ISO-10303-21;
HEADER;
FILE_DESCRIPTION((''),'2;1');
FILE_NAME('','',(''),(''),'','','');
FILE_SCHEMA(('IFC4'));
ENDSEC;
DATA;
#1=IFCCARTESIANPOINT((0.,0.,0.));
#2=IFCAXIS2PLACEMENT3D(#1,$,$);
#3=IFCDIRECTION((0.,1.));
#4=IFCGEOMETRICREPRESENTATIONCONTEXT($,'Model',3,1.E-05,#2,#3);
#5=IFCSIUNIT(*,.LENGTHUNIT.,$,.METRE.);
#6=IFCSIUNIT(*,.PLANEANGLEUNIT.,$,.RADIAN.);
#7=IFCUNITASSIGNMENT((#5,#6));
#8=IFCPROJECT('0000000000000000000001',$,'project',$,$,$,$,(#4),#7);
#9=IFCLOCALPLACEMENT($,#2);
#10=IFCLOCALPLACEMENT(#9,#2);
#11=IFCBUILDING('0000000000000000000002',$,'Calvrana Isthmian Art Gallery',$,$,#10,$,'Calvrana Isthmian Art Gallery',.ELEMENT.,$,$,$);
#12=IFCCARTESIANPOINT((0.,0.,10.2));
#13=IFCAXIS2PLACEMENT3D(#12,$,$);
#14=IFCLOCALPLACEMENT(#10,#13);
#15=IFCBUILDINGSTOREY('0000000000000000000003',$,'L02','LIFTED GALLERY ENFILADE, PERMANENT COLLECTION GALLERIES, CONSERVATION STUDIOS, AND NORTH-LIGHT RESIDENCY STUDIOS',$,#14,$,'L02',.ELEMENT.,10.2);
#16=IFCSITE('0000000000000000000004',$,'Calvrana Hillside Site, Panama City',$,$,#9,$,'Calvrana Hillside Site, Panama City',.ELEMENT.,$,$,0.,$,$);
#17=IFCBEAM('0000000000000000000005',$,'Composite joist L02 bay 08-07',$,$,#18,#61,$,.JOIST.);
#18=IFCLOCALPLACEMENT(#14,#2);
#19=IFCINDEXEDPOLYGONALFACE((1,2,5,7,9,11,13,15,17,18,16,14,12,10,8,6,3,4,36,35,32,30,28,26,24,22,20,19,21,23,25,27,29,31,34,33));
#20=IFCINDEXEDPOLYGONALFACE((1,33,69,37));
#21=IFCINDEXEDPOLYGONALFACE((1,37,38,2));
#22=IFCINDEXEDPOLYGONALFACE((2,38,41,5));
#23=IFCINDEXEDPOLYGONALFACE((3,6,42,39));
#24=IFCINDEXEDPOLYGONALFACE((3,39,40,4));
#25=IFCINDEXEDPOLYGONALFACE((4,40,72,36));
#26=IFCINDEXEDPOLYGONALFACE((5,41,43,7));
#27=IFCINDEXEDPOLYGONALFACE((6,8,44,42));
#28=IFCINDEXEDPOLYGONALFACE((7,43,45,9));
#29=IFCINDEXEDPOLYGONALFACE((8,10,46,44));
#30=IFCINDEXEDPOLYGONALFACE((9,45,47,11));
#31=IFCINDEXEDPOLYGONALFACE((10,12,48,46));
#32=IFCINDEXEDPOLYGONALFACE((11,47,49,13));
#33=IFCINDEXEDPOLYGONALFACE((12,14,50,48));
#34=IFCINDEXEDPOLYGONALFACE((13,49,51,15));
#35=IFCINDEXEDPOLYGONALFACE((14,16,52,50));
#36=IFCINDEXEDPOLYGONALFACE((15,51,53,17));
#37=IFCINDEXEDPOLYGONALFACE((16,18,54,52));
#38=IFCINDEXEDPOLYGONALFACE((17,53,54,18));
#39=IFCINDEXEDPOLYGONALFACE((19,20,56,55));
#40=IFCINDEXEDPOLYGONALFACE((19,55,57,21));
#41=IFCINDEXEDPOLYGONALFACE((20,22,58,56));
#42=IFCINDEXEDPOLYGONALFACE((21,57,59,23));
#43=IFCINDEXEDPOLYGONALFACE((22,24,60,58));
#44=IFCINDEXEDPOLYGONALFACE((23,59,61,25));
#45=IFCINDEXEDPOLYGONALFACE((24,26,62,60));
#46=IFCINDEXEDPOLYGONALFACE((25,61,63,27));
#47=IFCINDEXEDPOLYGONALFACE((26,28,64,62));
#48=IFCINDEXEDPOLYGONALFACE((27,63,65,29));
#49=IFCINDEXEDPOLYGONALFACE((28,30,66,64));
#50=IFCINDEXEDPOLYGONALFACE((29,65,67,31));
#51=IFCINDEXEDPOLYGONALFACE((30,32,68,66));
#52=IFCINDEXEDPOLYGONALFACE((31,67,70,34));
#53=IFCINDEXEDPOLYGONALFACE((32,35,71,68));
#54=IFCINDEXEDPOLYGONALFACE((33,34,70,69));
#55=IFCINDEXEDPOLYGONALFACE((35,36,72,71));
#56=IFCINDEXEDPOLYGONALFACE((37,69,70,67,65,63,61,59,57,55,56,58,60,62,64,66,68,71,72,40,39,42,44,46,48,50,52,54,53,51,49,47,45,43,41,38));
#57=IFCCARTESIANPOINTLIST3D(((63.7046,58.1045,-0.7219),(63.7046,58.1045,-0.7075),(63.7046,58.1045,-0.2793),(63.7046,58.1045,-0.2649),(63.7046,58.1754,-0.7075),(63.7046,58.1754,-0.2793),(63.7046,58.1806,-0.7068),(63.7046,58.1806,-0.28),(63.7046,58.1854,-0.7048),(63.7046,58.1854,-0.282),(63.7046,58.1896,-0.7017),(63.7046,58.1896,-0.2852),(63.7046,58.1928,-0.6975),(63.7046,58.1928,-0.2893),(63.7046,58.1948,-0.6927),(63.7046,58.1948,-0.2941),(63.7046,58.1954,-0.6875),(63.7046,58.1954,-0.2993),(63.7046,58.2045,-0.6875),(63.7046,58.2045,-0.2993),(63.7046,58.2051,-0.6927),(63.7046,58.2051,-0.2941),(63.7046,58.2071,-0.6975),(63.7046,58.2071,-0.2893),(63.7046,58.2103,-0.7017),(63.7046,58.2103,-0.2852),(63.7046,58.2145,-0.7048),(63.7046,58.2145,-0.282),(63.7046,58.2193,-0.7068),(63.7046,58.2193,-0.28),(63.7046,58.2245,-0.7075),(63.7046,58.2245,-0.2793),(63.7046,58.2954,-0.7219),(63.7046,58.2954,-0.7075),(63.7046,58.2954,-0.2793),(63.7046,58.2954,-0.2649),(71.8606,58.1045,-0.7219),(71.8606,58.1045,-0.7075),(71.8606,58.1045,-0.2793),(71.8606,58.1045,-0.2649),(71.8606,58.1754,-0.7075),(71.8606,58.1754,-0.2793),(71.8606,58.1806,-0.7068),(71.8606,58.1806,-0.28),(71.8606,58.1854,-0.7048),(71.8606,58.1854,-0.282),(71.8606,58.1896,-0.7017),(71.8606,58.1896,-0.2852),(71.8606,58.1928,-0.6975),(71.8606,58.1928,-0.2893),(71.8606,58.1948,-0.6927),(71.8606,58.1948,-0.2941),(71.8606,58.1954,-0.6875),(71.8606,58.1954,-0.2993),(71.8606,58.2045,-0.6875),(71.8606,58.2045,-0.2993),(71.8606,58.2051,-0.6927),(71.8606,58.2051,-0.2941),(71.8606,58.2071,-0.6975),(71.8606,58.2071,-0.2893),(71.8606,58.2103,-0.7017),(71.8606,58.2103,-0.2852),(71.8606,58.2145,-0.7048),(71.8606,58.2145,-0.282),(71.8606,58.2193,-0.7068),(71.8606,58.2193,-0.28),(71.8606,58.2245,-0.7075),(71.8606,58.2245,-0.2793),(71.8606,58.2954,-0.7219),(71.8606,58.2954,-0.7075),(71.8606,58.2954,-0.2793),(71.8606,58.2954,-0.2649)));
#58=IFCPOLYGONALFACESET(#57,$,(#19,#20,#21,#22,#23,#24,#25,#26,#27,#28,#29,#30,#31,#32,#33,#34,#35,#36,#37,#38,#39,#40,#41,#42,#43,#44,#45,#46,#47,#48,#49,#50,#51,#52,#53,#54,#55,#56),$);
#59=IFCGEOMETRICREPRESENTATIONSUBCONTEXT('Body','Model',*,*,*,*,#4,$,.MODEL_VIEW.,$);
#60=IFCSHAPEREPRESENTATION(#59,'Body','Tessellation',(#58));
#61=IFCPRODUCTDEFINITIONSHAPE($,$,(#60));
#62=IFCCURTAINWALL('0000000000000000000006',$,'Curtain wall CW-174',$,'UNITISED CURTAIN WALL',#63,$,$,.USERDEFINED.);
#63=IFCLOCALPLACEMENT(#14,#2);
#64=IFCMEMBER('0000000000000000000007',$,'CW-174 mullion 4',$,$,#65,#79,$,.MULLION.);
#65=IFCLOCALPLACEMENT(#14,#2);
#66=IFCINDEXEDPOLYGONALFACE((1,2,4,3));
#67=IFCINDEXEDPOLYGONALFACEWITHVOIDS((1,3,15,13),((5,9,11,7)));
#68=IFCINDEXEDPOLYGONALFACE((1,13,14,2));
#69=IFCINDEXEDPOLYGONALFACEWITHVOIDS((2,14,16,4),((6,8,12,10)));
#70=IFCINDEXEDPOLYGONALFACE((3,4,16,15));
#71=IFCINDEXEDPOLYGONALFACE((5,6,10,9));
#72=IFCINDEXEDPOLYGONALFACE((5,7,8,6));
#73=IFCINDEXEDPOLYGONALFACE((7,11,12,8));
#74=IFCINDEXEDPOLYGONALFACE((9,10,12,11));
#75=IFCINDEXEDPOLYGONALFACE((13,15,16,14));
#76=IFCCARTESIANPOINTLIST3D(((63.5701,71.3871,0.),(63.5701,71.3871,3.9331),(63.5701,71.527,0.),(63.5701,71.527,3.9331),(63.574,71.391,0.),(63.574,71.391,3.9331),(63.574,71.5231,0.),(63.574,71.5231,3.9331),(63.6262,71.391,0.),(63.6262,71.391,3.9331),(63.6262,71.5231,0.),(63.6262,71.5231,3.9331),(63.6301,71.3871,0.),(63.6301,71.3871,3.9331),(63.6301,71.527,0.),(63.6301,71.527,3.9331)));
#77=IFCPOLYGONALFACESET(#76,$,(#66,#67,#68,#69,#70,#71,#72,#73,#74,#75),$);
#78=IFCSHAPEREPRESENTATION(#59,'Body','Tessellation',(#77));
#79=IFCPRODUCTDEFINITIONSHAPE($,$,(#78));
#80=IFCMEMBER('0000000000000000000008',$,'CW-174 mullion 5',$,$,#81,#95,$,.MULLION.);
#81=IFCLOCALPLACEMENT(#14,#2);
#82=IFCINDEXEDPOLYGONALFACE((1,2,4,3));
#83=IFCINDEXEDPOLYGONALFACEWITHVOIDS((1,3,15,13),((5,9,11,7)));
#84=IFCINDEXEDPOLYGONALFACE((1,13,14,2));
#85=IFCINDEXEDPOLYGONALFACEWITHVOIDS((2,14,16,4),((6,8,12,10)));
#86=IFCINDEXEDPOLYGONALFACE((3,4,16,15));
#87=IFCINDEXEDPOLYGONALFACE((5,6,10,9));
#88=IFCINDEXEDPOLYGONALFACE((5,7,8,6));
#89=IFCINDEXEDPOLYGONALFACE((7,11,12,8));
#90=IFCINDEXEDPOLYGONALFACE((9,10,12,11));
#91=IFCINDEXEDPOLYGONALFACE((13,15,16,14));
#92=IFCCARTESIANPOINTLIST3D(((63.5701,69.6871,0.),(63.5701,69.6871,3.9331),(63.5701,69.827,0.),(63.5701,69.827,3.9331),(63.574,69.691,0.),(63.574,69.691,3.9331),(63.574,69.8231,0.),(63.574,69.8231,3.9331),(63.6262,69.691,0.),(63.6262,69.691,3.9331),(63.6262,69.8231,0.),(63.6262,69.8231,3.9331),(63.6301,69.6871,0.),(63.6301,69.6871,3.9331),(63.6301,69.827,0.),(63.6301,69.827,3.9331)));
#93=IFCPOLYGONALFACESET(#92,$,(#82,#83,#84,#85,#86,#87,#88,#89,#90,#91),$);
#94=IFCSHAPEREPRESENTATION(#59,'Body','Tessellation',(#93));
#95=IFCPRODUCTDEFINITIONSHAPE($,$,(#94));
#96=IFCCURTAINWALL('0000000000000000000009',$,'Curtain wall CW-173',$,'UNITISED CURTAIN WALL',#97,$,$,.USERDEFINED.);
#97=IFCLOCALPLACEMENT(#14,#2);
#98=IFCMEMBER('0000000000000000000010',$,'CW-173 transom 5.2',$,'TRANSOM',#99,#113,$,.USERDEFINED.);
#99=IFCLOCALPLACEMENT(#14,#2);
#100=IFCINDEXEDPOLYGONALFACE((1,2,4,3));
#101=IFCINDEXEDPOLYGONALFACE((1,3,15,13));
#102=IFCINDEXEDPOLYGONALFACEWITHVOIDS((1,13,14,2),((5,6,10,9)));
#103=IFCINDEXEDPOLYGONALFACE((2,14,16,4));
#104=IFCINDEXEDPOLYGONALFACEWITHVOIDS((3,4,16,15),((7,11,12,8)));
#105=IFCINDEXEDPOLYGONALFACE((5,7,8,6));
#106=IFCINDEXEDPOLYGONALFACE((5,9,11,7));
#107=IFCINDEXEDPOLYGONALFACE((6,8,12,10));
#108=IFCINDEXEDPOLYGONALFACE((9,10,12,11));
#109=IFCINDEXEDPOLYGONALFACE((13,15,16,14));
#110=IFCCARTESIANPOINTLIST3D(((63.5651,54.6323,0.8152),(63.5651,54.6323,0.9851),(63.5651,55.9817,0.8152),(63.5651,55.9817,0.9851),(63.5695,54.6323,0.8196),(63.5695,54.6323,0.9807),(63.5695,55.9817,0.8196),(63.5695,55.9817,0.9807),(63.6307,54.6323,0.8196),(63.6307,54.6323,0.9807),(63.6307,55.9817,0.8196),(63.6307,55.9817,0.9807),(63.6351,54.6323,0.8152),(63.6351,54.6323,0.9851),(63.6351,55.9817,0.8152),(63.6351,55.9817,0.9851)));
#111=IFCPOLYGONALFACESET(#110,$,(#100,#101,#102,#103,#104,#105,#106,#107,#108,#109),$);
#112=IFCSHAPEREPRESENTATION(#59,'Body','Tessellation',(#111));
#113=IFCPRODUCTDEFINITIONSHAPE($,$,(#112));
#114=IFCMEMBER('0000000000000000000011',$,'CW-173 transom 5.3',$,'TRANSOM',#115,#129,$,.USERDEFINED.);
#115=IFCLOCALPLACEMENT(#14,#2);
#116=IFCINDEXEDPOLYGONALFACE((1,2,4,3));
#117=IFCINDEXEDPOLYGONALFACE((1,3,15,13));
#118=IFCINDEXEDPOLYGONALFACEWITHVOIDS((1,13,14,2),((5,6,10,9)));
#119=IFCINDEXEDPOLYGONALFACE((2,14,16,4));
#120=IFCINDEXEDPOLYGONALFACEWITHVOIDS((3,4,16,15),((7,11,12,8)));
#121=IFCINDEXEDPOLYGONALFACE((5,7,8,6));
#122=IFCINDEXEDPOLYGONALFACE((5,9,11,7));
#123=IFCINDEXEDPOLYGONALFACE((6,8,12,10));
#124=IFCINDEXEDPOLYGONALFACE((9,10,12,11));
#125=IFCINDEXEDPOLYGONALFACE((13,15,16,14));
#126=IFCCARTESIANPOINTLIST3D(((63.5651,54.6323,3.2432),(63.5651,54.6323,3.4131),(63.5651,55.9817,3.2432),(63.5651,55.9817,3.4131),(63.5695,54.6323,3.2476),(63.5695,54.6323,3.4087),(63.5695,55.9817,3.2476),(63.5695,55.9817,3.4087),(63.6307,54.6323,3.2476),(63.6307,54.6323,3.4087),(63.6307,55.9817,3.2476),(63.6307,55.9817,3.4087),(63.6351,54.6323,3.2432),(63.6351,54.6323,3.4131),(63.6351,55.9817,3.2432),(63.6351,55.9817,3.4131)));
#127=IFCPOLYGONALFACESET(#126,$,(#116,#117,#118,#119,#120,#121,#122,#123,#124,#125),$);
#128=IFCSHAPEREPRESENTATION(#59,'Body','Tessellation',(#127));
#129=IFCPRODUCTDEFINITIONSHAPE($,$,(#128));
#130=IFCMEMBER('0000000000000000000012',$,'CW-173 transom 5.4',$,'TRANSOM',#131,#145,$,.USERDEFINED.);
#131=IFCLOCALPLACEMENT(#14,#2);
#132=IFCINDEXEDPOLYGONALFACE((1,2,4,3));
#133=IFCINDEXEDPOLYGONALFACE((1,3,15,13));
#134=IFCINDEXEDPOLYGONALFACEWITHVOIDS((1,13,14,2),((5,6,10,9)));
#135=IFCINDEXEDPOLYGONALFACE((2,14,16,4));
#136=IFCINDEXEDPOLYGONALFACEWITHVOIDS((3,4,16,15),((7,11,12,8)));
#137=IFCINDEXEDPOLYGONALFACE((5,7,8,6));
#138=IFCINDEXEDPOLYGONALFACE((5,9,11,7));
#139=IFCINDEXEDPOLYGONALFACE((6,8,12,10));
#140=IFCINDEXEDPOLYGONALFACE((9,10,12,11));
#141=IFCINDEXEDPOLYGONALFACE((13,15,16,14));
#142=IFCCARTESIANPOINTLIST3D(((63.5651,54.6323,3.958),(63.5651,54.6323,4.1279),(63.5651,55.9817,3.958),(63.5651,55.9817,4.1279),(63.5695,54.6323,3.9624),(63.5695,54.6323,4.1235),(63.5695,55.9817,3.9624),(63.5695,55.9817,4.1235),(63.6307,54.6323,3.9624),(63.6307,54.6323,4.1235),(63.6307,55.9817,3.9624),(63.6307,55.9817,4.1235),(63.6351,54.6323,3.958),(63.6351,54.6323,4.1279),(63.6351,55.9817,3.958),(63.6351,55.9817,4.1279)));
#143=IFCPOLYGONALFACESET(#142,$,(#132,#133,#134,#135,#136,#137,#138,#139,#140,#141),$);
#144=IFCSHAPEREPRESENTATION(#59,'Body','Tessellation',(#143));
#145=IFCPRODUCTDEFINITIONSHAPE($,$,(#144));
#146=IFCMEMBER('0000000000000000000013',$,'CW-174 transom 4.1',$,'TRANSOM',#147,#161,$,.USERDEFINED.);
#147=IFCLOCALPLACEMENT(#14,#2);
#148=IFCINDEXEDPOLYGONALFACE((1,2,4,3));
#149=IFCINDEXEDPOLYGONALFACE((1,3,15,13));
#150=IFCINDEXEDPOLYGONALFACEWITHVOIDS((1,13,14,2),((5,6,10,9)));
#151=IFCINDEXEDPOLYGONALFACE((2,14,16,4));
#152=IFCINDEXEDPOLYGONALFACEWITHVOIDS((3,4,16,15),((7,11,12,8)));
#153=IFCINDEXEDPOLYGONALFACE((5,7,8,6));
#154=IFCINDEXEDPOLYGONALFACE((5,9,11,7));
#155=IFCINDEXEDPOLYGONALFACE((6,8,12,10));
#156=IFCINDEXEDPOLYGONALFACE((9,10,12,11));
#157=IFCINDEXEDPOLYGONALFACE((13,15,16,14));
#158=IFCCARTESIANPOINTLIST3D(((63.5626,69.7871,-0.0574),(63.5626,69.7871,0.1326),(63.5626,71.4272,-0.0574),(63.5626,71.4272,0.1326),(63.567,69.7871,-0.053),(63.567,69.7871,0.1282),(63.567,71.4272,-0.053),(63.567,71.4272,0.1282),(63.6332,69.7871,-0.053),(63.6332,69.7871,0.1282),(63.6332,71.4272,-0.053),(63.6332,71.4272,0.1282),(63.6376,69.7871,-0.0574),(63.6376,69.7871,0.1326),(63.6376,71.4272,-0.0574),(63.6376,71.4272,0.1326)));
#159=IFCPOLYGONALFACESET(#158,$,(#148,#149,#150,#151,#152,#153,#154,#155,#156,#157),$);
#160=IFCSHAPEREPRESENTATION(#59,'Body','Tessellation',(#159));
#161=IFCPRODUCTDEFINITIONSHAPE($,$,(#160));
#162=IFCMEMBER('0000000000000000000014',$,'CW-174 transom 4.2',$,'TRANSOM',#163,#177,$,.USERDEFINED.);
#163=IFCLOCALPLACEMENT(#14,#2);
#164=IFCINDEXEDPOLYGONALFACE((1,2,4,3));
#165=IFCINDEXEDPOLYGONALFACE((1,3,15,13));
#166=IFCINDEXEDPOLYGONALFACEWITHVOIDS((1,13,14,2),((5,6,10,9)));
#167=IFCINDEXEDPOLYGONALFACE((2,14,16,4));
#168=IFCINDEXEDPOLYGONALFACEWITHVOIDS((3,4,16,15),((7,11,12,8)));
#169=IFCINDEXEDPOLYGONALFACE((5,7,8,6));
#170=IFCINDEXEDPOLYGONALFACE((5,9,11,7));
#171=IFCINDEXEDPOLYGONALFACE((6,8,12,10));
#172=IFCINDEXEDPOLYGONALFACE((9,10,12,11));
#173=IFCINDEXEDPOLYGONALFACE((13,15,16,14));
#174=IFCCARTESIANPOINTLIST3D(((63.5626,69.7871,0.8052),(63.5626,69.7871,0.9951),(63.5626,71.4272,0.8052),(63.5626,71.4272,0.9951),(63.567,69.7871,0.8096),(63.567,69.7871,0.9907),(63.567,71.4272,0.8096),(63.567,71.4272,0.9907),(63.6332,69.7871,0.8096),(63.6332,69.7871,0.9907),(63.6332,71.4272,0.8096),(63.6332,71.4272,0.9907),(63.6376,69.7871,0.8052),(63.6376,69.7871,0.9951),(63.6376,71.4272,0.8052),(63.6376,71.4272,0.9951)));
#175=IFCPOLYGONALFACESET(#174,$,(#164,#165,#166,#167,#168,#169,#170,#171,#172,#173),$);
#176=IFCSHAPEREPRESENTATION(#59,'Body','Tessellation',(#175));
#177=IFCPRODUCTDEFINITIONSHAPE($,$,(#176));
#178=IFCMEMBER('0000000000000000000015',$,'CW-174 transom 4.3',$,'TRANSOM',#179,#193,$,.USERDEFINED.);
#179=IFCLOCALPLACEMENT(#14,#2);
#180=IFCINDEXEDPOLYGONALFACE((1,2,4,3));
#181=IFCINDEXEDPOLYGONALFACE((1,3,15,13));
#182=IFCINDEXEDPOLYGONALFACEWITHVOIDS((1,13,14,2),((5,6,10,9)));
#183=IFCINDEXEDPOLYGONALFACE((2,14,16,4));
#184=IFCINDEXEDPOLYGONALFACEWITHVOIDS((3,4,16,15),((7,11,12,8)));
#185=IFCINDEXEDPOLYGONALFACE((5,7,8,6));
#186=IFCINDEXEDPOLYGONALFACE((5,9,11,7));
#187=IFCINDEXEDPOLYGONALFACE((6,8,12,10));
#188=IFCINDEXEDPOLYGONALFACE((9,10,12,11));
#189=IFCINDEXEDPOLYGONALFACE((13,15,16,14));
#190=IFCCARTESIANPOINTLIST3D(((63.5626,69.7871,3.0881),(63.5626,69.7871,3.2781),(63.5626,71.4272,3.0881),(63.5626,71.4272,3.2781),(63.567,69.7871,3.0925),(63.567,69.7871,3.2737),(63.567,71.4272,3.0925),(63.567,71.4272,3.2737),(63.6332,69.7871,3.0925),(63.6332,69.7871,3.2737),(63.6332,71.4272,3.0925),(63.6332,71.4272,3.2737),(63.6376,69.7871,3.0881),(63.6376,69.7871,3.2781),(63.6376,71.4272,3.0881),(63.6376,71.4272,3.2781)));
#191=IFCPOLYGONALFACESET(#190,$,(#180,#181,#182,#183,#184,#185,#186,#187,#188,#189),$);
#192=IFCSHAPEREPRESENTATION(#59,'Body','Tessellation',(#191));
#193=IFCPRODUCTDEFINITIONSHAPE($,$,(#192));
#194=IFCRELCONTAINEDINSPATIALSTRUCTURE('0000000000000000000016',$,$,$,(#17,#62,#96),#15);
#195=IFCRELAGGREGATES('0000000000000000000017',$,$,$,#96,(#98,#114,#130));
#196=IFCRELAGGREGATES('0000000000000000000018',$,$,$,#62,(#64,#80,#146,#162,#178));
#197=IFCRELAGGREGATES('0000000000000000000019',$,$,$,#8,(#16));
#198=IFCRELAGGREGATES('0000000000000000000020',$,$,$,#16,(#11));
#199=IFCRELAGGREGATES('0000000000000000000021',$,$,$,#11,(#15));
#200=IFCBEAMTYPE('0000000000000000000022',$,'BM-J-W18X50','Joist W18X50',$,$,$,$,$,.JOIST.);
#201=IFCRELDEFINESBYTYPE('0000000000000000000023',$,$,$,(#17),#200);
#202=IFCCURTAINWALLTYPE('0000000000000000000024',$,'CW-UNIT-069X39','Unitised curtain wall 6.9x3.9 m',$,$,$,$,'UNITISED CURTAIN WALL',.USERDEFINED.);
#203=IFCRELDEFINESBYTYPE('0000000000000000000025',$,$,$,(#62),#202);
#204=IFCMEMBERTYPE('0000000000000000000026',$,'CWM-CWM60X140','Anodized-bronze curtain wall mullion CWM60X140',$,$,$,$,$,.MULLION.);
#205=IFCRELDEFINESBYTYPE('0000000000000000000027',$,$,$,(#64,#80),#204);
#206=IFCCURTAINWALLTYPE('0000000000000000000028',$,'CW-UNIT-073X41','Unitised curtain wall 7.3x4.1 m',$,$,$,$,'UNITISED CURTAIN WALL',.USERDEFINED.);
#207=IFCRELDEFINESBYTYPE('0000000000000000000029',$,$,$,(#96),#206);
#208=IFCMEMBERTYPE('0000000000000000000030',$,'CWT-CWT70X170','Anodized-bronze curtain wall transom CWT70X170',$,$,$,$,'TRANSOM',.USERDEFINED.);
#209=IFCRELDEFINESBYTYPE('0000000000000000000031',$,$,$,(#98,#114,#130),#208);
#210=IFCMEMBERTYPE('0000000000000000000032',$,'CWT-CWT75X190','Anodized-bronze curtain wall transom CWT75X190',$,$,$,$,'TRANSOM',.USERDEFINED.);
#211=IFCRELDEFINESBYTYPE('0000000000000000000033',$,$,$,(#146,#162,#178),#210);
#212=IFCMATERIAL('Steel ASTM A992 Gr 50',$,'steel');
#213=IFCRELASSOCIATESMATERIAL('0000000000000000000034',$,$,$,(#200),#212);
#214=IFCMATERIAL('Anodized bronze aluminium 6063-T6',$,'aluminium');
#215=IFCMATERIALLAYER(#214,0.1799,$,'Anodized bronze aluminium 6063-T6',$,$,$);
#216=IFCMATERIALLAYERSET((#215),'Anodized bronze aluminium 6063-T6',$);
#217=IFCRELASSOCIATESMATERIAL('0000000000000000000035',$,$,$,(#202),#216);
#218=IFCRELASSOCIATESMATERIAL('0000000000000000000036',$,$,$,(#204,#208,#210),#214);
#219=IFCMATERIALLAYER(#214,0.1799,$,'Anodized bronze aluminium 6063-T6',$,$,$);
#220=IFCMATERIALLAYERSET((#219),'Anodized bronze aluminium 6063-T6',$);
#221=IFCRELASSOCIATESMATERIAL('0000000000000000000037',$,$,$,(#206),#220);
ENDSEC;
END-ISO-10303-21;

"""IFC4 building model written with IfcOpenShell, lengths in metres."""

from ifc_helpers import new_model, si_unit, direction, frame, origin, origin_2d, place, context, subcontext, project, spatial, hollow_rectangle, i_section, extrude, material, layer, layer_set, material_profile, profile_set, type_object, element, aggregate, save


model = new_model("IFC4")

# Units and contexts
model_context = context("Model", 3, precision=1e-05, world=origin(), true_north=direction((0.0, 1.0)))
body_context = subcontext(model_context, "Body", "Model", "MODEL_VIEW")
ifc_project = project(units=[si_unit("LENGTHUNIT", "METRE"), si_unit("PLANEANGLEUNIT", "RADIAN")], contexts=[model_context])

# Site, building, storey
site_placement = place(None, origin())
site = spatial("IfcSite", under=ifc_project, at=site_placement, Name="Calvrana Hillside Site, Panama City", LongName="Calvrana Hillside Site, Panama City", CompositionType="ELEMENT", RefElevation=0.0)
building_placement = place(site_placement, origin())
building = spatial("IfcBuilding", under=site, at=building_placement, Name="Calvrana Isthmian Art Gallery", LongName="Calvrana Isthmian Art Gallery", CompositionType="ELEMENT")
storey_placement = place(building_placement, frame((0.0, 0.0, 10.2)))
storey = spatial("IfcBuildingStorey", under=building, at=storey_placement, Name="L02", Description="LIFTED GALLERY ENFILADE, PERMANENT COLLECTION GALLERIES, CONSERVATION STUDIOS, AND NORTH-LIGHT RESIDENCY STUDIOS", LongName="L02", CompositionType="ELEMENT", Elevation=10.2)

# Beam
ifc_material_1 = material(Name="Steel ASTM A992 Gr 50", Category="steel")
ifc_material_profile_1 = material_profile(ifc_material_1, i_section(OverallWidth=0.1909, OverallDepth=0.457, WebThickness=0.009, FlangeThickness=0.0144, FilletRadius=0.02, at=origin_2d()), Name="W18X50")
ifc_profile_set_1 = profile_set([ifc_material_profile_1], Name="Steel ASTM A992 Gr 50")
beam_type_1 = type_object("IfcBeamType", Name="BM-J-W18X50", Description="Joist W18X50", PredefinedType="JOIST", material=ifc_profile_set_1)
beam_1_placement = place(storey_placement, frame((63.7046, 58.2, -0.4934), z_axis=(1.0, 0.0, 0.0), x_axis=(0.0, 1.0, 0.0)))
element("IfcBeam", 1, at=beam_1_placement, inside=storey, type_object=beam_type_1, Name="Composite joist L02 bay 08-07", PredefinedType="JOIST", context=body_context, shape_type="SweptSolid", body=[
    extrude(i_section(OverallWidth=0.1909, OverallDepth=0.457, WebThickness=0.009, FlangeThickness=0.0144, FilletRadius=0.02, at=origin_2d()), origin(), (0.0, 0.0, 1.0), 8.156),
])

# Curtain walls, members
ifc_material_2 = material(Name="Anodized bronze aluminium 6063-T6", Category="aluminium")
ifc_layer_1 = layer(ifc_material_2, 0.1799, Name="Anodized bronze aluminium 6063-T6")
ifc_layer_set_1 = layer_set([ifc_layer_1], Name="Anodized bronze aluminium 6063-T6")
curtain_wall_type_1 = type_object("IfcCurtainWallType", Name="CW-UNIT-069X39", Description="Unitised curtain wall 6.9x3.9 m", ElementType="UNITISED CURTAIN WALL", PredefinedType="USERDEFINED", material=ifc_layer_set_1)
curtain_wall_1_placement = place(storey_placement, origin())
curtain_wall_1 = element("IfcCurtainWall", 2, at=curtain_wall_1_placement, inside=storey, type_object=curtain_wall_type_1, Name="Curtain wall CW-174", ObjectType="UNITISED CURTAIN WALL", PredefinedType="USERDEFINED")
ifc_material_profile_2 = material_profile(ifc_material_2, hollow_rectangle(XDim=0.0601, YDim=0.1399, WallThickness=0.0039, at=origin_2d()), Name="CWM60X140")
ifc_profile_set_2 = profile_set([ifc_material_profile_2], Name="Anodized bronze aluminium 6063-T6")
member_type_1 = type_object("IfcMemberType", Name="CWM-CWM60X140", Description="Anodized-bronze curtain wall mullion CWM60X140", PredefinedType="MULLION", material=ifc_profile_set_2)
member_1_placement = place(storey_placement, frame((63.6001, 71.457, 0.0), z_axis=(0.0, 0.0, 1.0), x_axis=(1.0, 0.0, 0.0)))
member_1 = element("IfcMember", 3, at=member_1_placement, type_object=member_type_1, Name="CW-174 mullion 4", PredefinedType="MULLION", context=body_context, shape_type="SweptSolid", body=[
    extrude(hollow_rectangle(XDim=0.0601, YDim=0.1399, WallThickness=0.0039, at=origin_2d()), origin(), (0.0, 0.0, 1.0), 3.9331),
])
member_2_placement = place(storey_placement, frame((63.6001, 69.7571, 0.0), z_axis=(0.0, 0.0, 1.0), x_axis=(1.0, 0.0, 0.0)))
member_2 = element("IfcMember", 4, at=member_2_placement, type_object=member_type_1, Name="CW-174 mullion 5", PredefinedType="MULLION", context=body_context, shape_type="SweptSolid", body=[
    extrude(hollow_rectangle(XDim=0.0601, YDim=0.1399, WallThickness=0.0039, at=origin_2d()), origin(), (0.0, 0.0, 1.0), 3.9331),
])
ifc_layer_2 = layer(ifc_material_2, 0.1799, Name="Anodized bronze aluminium 6063-T6")
ifc_layer_set_2 = layer_set([ifc_layer_2], Name="Anodized bronze aluminium 6063-T6")
curtain_wall_type_2 = type_object("IfcCurtainWallType", Name="CW-UNIT-073X41", Description="Unitised curtain wall 7.3x4.1 m", ElementType="UNITISED CURTAIN WALL", PredefinedType="USERDEFINED", material=ifc_layer_set_2)
curtain_wall_2_placement = place(storey_placement, origin())
curtain_wall_2 = element("IfcCurtainWall", 5, at=curtain_wall_2_placement, inside=storey, type_object=curtain_wall_type_2, Name="Curtain wall CW-173", ObjectType="UNITISED CURTAIN WALL", PredefinedType="USERDEFINED")
ifc_material_profile_3 = material_profile(ifc_material_2, hollow_rectangle(XDim=0.0701, YDim=0.1699, WallThickness=0.0044, at=origin_2d()), Name="CWT70X170")
ifc_profile_set_3 = profile_set([ifc_material_profile_3], Name="Anodized bronze aluminium 6063-T6")
member_type_2 = type_object("IfcMemberType", Name="CWT-CWT70X170", Description="Anodized-bronze curtain wall transom CWT70X170", ElementType="TRANSOM", PredefinedType="USERDEFINED", material=ifc_profile_set_3)
member_3_placement = place(storey_placement, frame((63.6001, 55.9817, 0.9001), z_axis=(0.0, -1.0, 0.0), x_axis=(1.0, 0.0, 0.0)))
member_3 = element("IfcMember", 6, at=member_3_placement, type_object=member_type_2, Name="CW-173 transom 5.2", ObjectType="TRANSOM", PredefinedType="USERDEFINED", context=body_context, shape_type="SweptSolid", body=[
    extrude(hollow_rectangle(XDim=0.0701, YDim=0.1699, WallThickness=0.0044, at=origin_2d()), origin(), (0.0, 0.0, 1.0), 1.3494),
])
member_4_placement = place(storey_placement, frame((63.6001, 55.9817, 3.3281), z_axis=(0.0, -1.0, 0.0), x_axis=(1.0, 0.0, 0.0)))
member_4 = element("IfcMember", 7, at=member_4_placement, type_object=member_type_2, Name="CW-173 transom 5.3", ObjectType="TRANSOM", PredefinedType="USERDEFINED", context=body_context, shape_type="SweptSolid", body=[
    extrude(hollow_rectangle(XDim=0.0701, YDim=0.1699, WallThickness=0.0044, at=origin_2d()), origin(), (0.0, 0.0, 1.0), 1.3494),
])
member_5_placement = place(storey_placement, frame((63.6001, 55.9817, 4.043), z_axis=(0.0, -1.0, 0.0), x_axis=(1.0, 0.0, 0.0)))
member_5 = element("IfcMember", 8, at=member_5_placement, type_object=member_type_2, Name="CW-173 transom 5.4", ObjectType="TRANSOM", PredefinedType="USERDEFINED", context=body_context, shape_type="SweptSolid", body=[
    extrude(hollow_rectangle(XDim=0.0701, YDim=0.1699, WallThickness=0.0044, at=origin_2d()), origin(), (0.0, 0.0, 1.0), 1.3494),
])

# Members
ifc_material_profile_4 = material_profile(ifc_material_2, hollow_rectangle(XDim=0.075, YDim=0.1899, WallThickness=0.0044, at=origin_2d()), Name="CWT75X190")
ifc_profile_set_4 = profile_set([ifc_material_profile_4], Name="Anodized bronze aluminium 6063-T6")
member_type_3 = type_object("IfcMemberType", Name="CWT-CWT75X190", Description="Anodized-bronze curtain wall transom CWT75X190", ElementType="TRANSOM", PredefinedType="USERDEFINED", material=ifc_profile_set_4)
member_6_placement = place(storey_placement, frame((63.6001, 71.4272, 0.0376), z_axis=(0.0, -1.0, 0.0), x_axis=(1.0, 0.0, 0.0)))
member_6 = element("IfcMember", 9, at=member_6_placement, type_object=member_type_3, Name="CW-174 transom 4.1", ObjectType="TRANSOM", PredefinedType="USERDEFINED", context=body_context, shape_type="SweptSolid", body=[
    extrude(hollow_rectangle(XDim=0.075, YDim=0.1899, WallThickness=0.0044, at=origin_2d()), origin(), (0.0, 0.0, 1.0), 1.6401),
])
member_7_placement = place(storey_placement, frame((63.6001, 71.4272, 0.9001), z_axis=(0.0, -1.0, 0.0), x_axis=(1.0, 0.0, 0.0)))
member_7 = element("IfcMember", 10, at=member_7_placement, type_object=member_type_3, Name="CW-174 transom 4.2", ObjectType="TRANSOM", PredefinedType="USERDEFINED", context=body_context, shape_type="SweptSolid", body=[
    extrude(hollow_rectangle(XDim=0.075, YDim=0.1899, WallThickness=0.0044, at=origin_2d()), origin(), (0.0, 0.0, 1.0), 1.6401),
])
member_8_placement = place(storey_placement, frame((63.6001, 71.4272, 3.1831), z_axis=(0.0, -1.0, 0.0), x_axis=(1.0, 0.0, 0.0)))
member_8 = element("IfcMember", 11, at=member_8_placement, type_object=member_type_3, Name="CW-174 transom 4.3", ObjectType="TRANSOM", PredefinedType="USERDEFINED", context=body_context, shape_type="SweptSolid", body=[
    extrude(hollow_rectangle(XDim=0.075, YDim=0.1899, WallThickness=0.0044, at=origin_2d()), origin(), (0.0, 0.0, 1.0), 1.6401),
])

aggregate(curtain_wall_2, [member_3, member_4, member_5])
aggregate(curtain_wall_1, [member_1, member_2, member_6, member_7, member_8])

save(model, "model.ifc")
